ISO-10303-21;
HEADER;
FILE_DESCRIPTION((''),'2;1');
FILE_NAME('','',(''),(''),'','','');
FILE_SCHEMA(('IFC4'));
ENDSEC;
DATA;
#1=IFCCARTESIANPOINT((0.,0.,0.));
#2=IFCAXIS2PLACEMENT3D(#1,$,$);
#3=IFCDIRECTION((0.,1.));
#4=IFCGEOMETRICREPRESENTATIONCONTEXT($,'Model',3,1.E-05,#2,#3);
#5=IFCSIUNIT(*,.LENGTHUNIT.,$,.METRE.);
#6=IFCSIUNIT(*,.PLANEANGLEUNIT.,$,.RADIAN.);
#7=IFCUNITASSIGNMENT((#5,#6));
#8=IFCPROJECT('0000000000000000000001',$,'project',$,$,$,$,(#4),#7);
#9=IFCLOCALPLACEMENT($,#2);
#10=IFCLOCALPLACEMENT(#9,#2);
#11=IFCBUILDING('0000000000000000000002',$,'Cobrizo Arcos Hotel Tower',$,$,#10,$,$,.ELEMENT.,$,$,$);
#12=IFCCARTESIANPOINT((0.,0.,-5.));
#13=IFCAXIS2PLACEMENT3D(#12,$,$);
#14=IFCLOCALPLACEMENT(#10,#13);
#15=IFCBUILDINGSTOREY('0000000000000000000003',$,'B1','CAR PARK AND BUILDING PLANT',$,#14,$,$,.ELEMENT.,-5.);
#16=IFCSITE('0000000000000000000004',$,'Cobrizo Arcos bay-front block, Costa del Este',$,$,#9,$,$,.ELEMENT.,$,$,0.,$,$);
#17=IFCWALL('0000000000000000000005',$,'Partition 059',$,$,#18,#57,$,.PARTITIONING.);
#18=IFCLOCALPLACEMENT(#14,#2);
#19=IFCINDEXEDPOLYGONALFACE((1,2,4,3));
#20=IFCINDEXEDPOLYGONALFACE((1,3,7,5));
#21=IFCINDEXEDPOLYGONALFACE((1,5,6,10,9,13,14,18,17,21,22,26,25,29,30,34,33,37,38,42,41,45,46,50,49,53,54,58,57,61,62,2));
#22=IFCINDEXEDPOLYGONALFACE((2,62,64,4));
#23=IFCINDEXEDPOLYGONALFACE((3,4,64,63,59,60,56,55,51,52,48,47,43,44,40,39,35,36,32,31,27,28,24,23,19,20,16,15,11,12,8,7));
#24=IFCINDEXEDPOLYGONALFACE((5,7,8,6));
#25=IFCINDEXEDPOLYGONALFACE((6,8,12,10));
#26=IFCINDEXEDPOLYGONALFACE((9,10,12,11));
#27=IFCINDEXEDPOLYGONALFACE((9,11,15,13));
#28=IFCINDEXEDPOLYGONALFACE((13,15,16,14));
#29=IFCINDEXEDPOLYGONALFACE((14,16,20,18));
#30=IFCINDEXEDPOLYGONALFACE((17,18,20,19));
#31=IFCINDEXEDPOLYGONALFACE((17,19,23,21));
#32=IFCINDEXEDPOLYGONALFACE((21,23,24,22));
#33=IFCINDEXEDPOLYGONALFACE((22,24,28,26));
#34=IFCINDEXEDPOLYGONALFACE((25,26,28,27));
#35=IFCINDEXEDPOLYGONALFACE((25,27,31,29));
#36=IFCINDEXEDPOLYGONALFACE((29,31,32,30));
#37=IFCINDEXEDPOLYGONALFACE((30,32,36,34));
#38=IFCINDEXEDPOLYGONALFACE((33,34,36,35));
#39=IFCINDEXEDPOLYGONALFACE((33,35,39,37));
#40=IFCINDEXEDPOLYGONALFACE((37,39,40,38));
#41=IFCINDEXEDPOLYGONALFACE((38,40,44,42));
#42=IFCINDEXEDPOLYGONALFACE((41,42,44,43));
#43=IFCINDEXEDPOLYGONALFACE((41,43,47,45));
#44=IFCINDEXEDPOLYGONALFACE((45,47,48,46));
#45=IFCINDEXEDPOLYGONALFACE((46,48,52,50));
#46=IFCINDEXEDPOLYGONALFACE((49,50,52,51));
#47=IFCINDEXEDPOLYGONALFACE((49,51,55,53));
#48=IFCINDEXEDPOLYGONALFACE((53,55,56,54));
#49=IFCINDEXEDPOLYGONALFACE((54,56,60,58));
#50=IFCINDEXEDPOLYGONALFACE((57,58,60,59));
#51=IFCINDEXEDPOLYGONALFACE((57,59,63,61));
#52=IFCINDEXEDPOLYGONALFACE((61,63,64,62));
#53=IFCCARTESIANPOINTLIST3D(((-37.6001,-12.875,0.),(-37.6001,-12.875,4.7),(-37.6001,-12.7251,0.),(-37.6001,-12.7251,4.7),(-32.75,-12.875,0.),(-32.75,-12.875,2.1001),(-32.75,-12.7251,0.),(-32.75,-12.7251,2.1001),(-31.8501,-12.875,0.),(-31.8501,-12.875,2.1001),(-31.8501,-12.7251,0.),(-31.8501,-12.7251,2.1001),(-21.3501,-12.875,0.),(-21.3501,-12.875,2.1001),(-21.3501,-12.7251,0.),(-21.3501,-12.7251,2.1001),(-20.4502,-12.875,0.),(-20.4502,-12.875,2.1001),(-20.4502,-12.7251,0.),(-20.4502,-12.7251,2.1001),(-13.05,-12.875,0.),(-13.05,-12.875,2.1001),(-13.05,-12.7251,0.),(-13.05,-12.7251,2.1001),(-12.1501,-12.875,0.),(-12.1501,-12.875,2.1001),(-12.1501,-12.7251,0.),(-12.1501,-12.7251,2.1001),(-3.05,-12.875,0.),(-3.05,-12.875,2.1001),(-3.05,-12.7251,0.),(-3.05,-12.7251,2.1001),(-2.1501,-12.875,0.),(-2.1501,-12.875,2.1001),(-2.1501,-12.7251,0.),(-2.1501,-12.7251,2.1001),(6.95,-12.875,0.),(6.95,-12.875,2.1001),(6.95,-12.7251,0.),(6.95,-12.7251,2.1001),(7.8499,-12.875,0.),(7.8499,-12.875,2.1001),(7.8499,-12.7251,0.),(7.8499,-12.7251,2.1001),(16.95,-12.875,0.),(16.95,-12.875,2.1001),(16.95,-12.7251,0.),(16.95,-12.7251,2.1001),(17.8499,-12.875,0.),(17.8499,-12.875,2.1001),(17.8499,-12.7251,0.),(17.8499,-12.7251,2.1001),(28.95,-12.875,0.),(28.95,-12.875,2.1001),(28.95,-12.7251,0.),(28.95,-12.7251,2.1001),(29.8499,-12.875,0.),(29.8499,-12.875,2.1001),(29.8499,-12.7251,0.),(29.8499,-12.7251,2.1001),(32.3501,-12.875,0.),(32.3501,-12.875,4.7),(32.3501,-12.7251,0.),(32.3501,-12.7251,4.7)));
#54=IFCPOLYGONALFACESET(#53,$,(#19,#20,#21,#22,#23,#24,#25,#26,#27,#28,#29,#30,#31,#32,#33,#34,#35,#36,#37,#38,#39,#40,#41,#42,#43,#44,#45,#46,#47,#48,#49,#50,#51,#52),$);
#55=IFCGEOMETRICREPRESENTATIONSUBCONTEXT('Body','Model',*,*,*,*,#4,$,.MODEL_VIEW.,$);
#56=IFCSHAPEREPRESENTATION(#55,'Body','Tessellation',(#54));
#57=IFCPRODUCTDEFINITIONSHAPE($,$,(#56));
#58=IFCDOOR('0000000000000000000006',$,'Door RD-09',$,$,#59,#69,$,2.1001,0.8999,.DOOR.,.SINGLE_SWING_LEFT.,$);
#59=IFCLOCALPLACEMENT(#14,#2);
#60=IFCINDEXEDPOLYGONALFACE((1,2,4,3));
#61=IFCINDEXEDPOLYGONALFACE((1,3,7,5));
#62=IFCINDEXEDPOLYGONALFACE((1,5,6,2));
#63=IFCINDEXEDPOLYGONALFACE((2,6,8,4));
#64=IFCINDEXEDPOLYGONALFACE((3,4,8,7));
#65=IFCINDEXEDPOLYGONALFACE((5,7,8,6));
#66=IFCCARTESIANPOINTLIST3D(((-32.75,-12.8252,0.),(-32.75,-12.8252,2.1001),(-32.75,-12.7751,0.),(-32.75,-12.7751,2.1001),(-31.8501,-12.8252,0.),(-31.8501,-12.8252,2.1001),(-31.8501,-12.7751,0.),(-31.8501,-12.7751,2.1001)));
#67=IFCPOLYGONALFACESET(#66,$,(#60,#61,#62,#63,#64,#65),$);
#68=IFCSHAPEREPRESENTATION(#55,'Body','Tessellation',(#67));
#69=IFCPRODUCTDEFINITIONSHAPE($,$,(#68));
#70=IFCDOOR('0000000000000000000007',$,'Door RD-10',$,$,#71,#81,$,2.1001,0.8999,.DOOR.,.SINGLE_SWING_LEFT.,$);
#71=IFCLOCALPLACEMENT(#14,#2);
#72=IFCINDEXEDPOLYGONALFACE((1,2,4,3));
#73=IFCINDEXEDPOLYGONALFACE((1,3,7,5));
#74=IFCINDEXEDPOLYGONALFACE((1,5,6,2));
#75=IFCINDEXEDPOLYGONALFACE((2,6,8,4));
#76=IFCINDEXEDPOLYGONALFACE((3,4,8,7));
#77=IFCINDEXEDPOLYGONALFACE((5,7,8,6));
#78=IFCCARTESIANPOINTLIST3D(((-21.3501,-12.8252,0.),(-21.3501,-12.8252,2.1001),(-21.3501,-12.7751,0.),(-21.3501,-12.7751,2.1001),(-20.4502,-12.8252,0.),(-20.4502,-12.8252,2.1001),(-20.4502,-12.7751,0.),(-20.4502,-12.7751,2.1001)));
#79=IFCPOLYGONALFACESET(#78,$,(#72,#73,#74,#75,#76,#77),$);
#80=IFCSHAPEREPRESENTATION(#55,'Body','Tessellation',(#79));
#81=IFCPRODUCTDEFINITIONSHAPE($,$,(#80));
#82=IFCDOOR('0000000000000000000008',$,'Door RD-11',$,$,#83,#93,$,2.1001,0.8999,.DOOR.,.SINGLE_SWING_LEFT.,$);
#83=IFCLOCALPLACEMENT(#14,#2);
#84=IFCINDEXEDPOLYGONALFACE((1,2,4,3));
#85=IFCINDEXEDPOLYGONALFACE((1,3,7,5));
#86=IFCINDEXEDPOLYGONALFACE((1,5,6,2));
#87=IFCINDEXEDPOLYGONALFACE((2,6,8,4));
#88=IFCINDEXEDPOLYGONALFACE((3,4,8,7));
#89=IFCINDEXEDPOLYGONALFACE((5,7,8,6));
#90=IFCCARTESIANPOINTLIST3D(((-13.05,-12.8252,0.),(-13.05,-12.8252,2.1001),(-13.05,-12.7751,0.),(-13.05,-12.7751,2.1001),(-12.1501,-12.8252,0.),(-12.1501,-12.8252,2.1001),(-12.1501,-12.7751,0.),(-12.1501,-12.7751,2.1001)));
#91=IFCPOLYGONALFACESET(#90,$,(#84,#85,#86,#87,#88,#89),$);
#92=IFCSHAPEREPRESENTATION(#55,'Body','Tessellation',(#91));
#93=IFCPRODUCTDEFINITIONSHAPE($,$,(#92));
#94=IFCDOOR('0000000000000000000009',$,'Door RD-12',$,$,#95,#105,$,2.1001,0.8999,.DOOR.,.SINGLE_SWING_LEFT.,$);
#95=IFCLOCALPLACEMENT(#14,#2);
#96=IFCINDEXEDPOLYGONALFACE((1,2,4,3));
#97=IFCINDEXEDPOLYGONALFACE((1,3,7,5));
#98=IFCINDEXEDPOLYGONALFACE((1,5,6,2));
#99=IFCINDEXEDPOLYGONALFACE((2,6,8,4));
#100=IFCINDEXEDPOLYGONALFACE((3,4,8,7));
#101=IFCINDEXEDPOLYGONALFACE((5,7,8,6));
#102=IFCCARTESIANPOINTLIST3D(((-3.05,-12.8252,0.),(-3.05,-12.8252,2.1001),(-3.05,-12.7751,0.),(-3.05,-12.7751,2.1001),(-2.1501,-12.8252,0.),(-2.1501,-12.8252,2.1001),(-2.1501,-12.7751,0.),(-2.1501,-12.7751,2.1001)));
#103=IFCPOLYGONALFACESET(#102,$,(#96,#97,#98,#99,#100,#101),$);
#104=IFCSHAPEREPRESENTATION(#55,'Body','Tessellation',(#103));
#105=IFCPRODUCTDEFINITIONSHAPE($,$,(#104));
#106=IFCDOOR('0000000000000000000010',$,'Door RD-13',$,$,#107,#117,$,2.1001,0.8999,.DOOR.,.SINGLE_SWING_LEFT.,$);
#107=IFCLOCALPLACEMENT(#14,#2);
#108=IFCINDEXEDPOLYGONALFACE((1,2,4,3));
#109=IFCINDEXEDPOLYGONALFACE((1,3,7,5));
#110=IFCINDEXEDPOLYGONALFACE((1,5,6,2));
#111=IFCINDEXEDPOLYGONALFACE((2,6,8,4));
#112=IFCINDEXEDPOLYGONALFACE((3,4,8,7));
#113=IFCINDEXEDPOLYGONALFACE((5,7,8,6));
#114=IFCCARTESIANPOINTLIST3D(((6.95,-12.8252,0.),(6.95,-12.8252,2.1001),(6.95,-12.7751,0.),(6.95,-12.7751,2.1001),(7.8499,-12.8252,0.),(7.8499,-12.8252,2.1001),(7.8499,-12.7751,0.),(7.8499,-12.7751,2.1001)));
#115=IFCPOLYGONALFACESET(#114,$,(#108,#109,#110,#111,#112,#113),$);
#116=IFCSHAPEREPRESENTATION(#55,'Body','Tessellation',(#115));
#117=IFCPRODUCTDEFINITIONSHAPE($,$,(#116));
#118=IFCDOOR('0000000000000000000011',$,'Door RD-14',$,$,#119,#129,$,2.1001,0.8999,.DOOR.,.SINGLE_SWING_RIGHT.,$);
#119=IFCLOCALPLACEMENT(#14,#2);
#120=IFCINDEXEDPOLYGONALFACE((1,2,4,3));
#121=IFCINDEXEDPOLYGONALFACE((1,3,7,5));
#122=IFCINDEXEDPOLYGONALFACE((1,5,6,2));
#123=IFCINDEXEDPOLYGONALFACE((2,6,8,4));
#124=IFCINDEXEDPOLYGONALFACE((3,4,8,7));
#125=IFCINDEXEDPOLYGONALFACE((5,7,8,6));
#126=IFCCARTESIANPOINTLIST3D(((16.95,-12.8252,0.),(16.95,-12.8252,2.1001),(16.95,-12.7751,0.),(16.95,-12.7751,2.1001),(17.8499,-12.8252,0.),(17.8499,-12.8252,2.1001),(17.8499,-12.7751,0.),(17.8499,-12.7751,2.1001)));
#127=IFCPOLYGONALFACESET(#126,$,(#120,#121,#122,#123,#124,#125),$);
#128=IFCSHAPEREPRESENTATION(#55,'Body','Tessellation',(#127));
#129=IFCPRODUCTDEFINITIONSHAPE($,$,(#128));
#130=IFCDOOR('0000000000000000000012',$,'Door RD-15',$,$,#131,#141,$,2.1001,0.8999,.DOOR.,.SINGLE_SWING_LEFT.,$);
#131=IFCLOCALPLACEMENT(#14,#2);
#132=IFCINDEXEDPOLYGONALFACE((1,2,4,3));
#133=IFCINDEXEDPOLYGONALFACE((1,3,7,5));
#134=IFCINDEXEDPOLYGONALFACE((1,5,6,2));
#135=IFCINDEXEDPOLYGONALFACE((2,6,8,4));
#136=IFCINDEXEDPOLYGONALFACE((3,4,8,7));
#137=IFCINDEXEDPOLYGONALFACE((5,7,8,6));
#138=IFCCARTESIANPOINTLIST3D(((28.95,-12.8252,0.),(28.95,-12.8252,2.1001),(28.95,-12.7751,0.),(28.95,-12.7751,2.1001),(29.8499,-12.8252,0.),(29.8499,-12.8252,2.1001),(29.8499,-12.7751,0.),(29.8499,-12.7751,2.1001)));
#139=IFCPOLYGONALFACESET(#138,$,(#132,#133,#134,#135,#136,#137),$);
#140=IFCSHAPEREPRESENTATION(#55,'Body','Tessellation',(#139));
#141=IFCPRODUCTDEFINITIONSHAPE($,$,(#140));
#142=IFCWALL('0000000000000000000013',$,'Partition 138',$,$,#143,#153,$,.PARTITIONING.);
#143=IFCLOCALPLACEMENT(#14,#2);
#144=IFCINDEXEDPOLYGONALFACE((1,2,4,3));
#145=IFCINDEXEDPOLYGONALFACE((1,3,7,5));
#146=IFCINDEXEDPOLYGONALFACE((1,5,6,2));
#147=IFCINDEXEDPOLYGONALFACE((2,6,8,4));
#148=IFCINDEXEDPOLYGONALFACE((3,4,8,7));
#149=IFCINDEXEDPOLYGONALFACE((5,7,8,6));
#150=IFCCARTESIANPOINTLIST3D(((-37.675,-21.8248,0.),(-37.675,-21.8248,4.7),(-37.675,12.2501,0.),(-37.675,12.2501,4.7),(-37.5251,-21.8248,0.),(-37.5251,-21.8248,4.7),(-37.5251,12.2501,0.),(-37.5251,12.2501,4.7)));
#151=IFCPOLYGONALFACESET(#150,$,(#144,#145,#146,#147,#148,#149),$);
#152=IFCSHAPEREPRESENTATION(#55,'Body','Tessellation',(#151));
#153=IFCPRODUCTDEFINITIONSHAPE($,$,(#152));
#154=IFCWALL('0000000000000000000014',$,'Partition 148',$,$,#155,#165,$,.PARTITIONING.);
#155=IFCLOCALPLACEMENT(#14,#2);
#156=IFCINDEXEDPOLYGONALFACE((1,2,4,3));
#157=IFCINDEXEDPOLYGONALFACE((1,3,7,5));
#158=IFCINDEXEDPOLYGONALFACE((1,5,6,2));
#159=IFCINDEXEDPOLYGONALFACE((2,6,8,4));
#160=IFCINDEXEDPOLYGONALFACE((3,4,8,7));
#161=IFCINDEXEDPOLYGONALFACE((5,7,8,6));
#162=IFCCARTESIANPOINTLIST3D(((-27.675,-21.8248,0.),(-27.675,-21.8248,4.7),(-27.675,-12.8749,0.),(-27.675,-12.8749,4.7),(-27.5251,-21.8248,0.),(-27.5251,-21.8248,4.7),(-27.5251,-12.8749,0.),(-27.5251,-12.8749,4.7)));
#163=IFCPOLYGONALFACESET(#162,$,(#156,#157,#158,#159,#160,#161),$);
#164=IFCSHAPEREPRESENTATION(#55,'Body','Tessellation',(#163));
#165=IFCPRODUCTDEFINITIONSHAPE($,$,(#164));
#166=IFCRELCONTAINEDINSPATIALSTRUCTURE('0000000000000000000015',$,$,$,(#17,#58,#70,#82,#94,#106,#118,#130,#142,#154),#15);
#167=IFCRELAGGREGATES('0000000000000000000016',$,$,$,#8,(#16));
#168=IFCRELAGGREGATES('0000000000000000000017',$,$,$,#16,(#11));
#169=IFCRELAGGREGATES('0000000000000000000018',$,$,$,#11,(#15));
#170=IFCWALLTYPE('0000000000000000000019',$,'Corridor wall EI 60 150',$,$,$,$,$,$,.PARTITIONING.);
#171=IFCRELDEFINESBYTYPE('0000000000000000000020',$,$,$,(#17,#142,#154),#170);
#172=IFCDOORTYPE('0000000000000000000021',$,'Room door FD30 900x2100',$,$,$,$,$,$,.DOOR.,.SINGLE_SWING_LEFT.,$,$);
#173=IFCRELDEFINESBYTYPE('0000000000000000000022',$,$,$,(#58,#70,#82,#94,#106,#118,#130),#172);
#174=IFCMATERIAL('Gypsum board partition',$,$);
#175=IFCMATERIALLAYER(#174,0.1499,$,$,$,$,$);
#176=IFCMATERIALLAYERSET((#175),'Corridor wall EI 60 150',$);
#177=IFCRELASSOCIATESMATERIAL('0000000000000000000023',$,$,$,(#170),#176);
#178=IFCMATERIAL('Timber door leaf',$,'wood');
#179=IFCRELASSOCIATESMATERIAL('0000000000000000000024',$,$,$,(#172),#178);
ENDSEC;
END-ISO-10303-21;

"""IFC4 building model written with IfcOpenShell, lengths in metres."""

from ifc_helpers import new_model, si_unit, direction, frame, frame_2d, origin, place, context, subcontext, project, spatial, rectangle, extrude, material, layer, layer_set, type_object, element, fill, save


model = new_model("IFC4")

# Units and contexts
model_context = context("Model", 3, precision=1e-05, world=origin(), true_north=direction((0.0, 1.0)))
body_context = subcontext(model_context, "Body", "Model", "MODEL_VIEW")
ifc_project = project(units=[si_unit("LENGTHUNIT", "METRE"), si_unit("PLANEANGLEUNIT", "RADIAN")], contexts=[model_context])

# Site, building, storey
site_placement = place(None, origin())
site = spatial("IfcSite", under=ifc_project, at=site_placement, Name="Cobrizo Arcos bay-front block, Costa del Este", CompositionType="ELEMENT", RefElevation=0.0)
building_placement = place(site_placement, origin())
building = spatial("IfcBuilding", under=site, at=building_placement, Name="Cobrizo Arcos Hotel Tower", CompositionType="ELEMENT")
storey_placement = place(building_placement, frame((0.0, 0.0, -5.0)))
storey = spatial("IfcBuildingStorey", under=building, at=storey_placement, Name="B1", Description="CAR PARK AND BUILDING PLANT", CompositionType="ELEMENT", Elevation=-5.0)

# Shared definitions
ifc_material_1 = material(Name="Gypsum board partition")
ifc_layer = layer(ifc_material_1, 0.1499)
ifc_layer_set = layer_set([ifc_layer], Name="Corridor wall EI 60 150")
wall_type = type_object("IfcWallType", Name="Corridor wall EI 60 150", PredefinedType="PARTITIONING", material=ifc_layer_set)

# Wall, openings, doors
wall_1_placement = place(storey_placement, frame((-37.6001, -12.8, 0.0), z_axis=(0.0, 0.0, 1.0), x_axis=(1.0, 0.0, 0.0)))
wall_1 = element("IfcWall", 1, at=wall_1_placement, inside=storey, type_object=wall_type, Name="Partition 059", PredefinedType="PARTITIONING", context=body_context, shape_type="SweptSolid", body=[
    extrude(rectangle(XDim=69.9502, YDim=0.1499, at=frame_2d((34.9751, 0.0))), origin(), (0.0, 0.0, 1.0), 4.7),
])
opening_1_placement = place(wall_1_placement, frame((4.8501, 0.0, 0.0)))
opening_1 = element("IfcOpeningElement", 2, at=opening_1_placement, cuts=wall_1, PredefinedType="OPENING", context=body_context, shape_type="SweptSolid", body=[
    extrude(rectangle(XDim=0.8999, YDim=2.1001, at=frame_2d((0.45, 1.05))), frame((0.0, 0.0869, 0.0), z_axis=(0.0, -1.0, 0.0), x_axis=(1.0, 0.0, 0.0)), (0.0, 0.0, 1.0), 0.1738),
])
opening_2_placement = place(wall_1_placement, frame((16.25, 0.0, 0.0)))
opening_2 = element("IfcOpeningElement", 3, at=opening_2_placement, cuts=wall_1, PredefinedType="OPENING", context=body_context, shape_type="SweptSolid", body=[
    extrude(rectangle(XDim=0.8999, YDim=2.1001, at=frame_2d((0.45, 1.05))), frame((0.0, 0.0869, 0.0), z_axis=(0.0, -1.0, 0.0), x_axis=(1.0, 0.0, 0.0)), (0.0, 0.0, 1.0), 0.1738),
])
opening_3_placement = place(wall_1_placement, frame((24.55, 0.0, 0.0)))
opening_3 = element("IfcOpeningElement", 4, at=opening_3_placement, cuts=wall_1, PredefinedType="OPENING", context=body_context, shape_type="SweptSolid", body=[
    extrude(rectangle(XDim=0.8999, YDim=2.1001, at=frame_2d((0.45, 1.05))), frame((0.0, 0.0869, 0.0), z_axis=(0.0, -1.0, 0.0), x_axis=(1.0, 0.0, 0.0)), (0.0, 0.0, 1.0), 0.1738),
])
opening_4_placement = place(wall_1_placement, frame((34.55, 0.0, 0.0)))
opening_4 = element("IfcOpeningElement", 5, at=opening_4_placement, cuts=wall_1, PredefinedType="OPENING", context=body_context, shape_type="SweptSolid", body=[
    extrude(rectangle(XDim=0.8999, YDim=2.1001, at=frame_2d((0.45, 1.05))), frame((0.0, 0.0869, 0.0), z_axis=(0.0, -1.0, 0.0), x_axis=(1.0, 0.0, 0.0)), (0.0, 0.0, 1.0), 0.1738),
])
opening_5_placement = place(wall_1_placement, frame((44.55, 0.0, 0.0)))
opening_5 = element("IfcOpeningElement", 6, at=opening_5_placement, cuts=wall_1, PredefinedType="OPENING", context=body_context, shape_type="SweptSolid", body=[
    extrude(rectangle(XDim=0.8999, YDim=2.1001, at=frame_2d((0.45, 1.05))), frame((0.0, 0.0869, 0.0), z_axis=(0.0, -1.0, 0.0), x_axis=(1.0, 0.0, 0.0)), (0.0, 0.0, 1.0), 0.1738),
])
opening_6_placement = place(wall_1_placement, frame((54.55, 0.0, 0.0)))
opening_6 = element("IfcOpeningElement", 7, at=opening_6_placement, cuts=wall_1, PredefinedType="OPENING", context=body_context, shape_type="SweptSolid", body=[
    extrude(rectangle(XDim=0.8999, YDim=2.1001, at=frame_2d((0.45, 1.05))), frame((0.0, 0.0869, 0.0), z_axis=(0.0, -1.0, 0.0), x_axis=(1.0, 0.0, 0.0)), (0.0, 0.0, 1.0), 0.1738),
])
opening_7_placement = place(wall_1_placement, frame((66.55, 0.0, 0.0)))
opening_7 = element("IfcOpeningElement", 8, at=opening_7_placement, cuts=wall_1, PredefinedType="OPENING", context=body_context, shape_type="SweptSolid", body=[
    extrude(rectangle(XDim=0.8999, YDim=2.1001, at=frame_2d((0.45, 1.05))), frame((0.0, 0.0869, 0.0), z_axis=(0.0, -1.0, 0.0), x_axis=(1.0, 0.0, 0.0)), (0.0, 0.0, 1.0), 0.1738),
])
ifc_material_2 = material(Name="Timber door leaf", Category="wood")
door_type = type_object("IfcDoorType", Name="Room door FD30 900x2100", OperationType="SINGLE_SWING_LEFT", PredefinedType="DOOR", material=ifc_material_2)
door_1_placement = place(opening_1_placement, origin())
door_1 = element("IfcDoor", 9, at=door_1_placement, inside=storey, type_object=door_type, Name="Door RD-09", OperationType="SINGLE_SWING_LEFT", OverallHeight=2.1001, OverallWidth=0.8999, PredefinedType="DOOR", context=body_context, shape_type="SweptSolid", body=[
    extrude(rectangle(XDim=0.8999, YDim=2.1001, at=frame_2d((0.45, 1.05))), frame((0.0, 0.0249, 0.0), z_axis=(0.0, -1.0, 0.0), x_axis=(1.0, 0.0, 0.0)), (0.0, 0.0, 1.0), 0.05),
])
fill(opening_1, door_1)
door_2_placement = place(opening_2_placement, origin())
door_2 = element("IfcDoor", 10, at=door_2_placement, inside=storey, type_object=door_type, Name="Door RD-10", OperationType="SINGLE_SWING_LEFT", OverallHeight=2.1001, OverallWidth=0.8999, PredefinedType="DOOR", context=body_context, shape_type="SweptSolid", body=[
    extrude(rectangle(XDim=0.8999, YDim=2.1001, at=frame_2d((0.45, 1.05))), frame((0.0, 0.0249, 0.0), z_axis=(0.0, -1.0, 0.0), x_axis=(1.0, 0.0, 0.0)), (0.0, 0.0, 1.0), 0.05),
])
fill(opening_2, door_2)
door_3_placement = place(opening_3_placement, origin())
door_3 = element("IfcDoor", 11, at=door_3_placement, inside=storey, type_object=door_type, Name="Door RD-11", OperationType="SINGLE_SWING_LEFT", OverallHeight=2.1001, OverallWidth=0.8999, PredefinedType="DOOR", context=body_context, shape_type="SweptSolid", body=[
    extrude(rectangle(XDim=0.8999, YDim=2.1001, at=frame_2d((0.45, 1.05))), frame((0.0, 0.0249, 0.0), z_axis=(0.0, -1.0, 0.0), x_axis=(1.0, 0.0, 0.0)), (0.0, 0.0, 1.0), 0.05),
])
fill(opening_3, door_3)
door_4_placement = place(opening_4_placement, origin())
door_4 = element("IfcDoor", 12, at=door_4_placement, inside=storey, type_object=door_type, Name="Door RD-12", OperationType="SINGLE_SWING_LEFT", OverallHeight=2.1001, OverallWidth=0.8999, PredefinedType="DOOR", context=body_context, shape_type="SweptSolid", body=[
    extrude(rectangle(XDim=0.8999, YDim=2.1001, at=frame_2d((0.45, 1.05))), frame((0.0, 0.0249, 0.0), z_axis=(0.0, -1.0, 0.0), x_axis=(1.0, 0.0, 0.0)), (0.0, 0.0, 1.0), 0.05),
])
fill(opening_4, door_4)
door_5_placement = place(opening_5_placement, origin())
door_5 = element("IfcDoor", 13, at=door_5_placement, inside=storey, type_object=door_type, Name="Door RD-13", OperationType="SINGLE_SWING_LEFT", OverallHeight=2.1001, OverallWidth=0.8999, PredefinedType="DOOR", context=body_context, shape_type="SweptSolid", body=[
    extrude(rectangle(XDim=0.8999, YDim=2.1001, at=frame_2d((0.45, 1.05))), frame((0.0, 0.0249, 0.0), z_axis=(0.0, -1.0, 0.0), x_axis=(1.0, 0.0, 0.0)), (0.0, 0.0, 1.0), 0.05),
])
fill(opening_5, door_5)
door_6_placement = place(opening_6_placement, origin())
door_6 = element("IfcDoor", 14, at=door_6_placement, inside=storey, type_object=door_type, Name="Door RD-14", OperationType="SINGLE_SWING_RIGHT", OverallHeight=2.1001, OverallWidth=0.8999, PredefinedType="DOOR", context=body_context, shape_type="SweptSolid", body=[
    extrude(rectangle(XDim=0.8999, YDim=2.1001, at=frame_2d((0.45, 1.05))), frame((0.0, 0.0249, 0.0), z_axis=(0.0, -1.0, 0.0), x_axis=(1.0, 0.0, 0.0)), (0.0, 0.0, 1.0), 0.05),
])
fill(opening_6, door_6)
door_7_placement = place(opening_7_placement, origin())
door_7 = element("IfcDoor", 15, at=door_7_placement, inside=storey, type_object=door_type, Name="Door RD-15", OperationType="SINGLE_SWING_LEFT", OverallHeight=2.1001, OverallWidth=0.8999, PredefinedType="DOOR", context=body_context, shape_type="SweptSolid", body=[
    extrude(rectangle(XDim=0.8999, YDim=2.1001, at=frame_2d((0.45, 1.05))), frame((0.0, 0.0249, 0.0), z_axis=(0.0, -1.0, 0.0), x_axis=(1.0, 0.0, 0.0)), (0.0, 0.0, 1.0), 0.05),
])
fill(opening_7, door_7)

# Walls
wall_2_placement = place(storey_placement, frame((-37.6001, -21.825, 0.0), z_axis=(0.0, 0.0, 1.0), x_axis=(0.0, 1.0, 0.0)))
element("IfcWall", 16, at=wall_2_placement, inside=storey, type_object=wall_type, Name="Partition 138", PredefinedType="PARTITIONING", context=body_context, shape_type="SweptSolid", body=[
    extrude(rectangle(XDim=34.075, YDim=0.1499, at=frame_2d((17.0376, 0.0))), origin(), (0.0, 0.0, 1.0), 4.7),
])
wall_3_placement = place(storey_placement, frame((-27.6001, -21.825, 0.0), z_axis=(0.0, 0.0, 1.0), x_axis=(0.0, 1.0, 0.0)))
element("IfcWall", 17, at=wall_3_placement, inside=storey, type_object=wall_type, Name="Partition 148", PredefinedType="PARTITIONING", context=body_context, shape_type="SweptSolid", body=[
    extrude(rectangle(XDim=8.95, YDim=0.1499, at=frame_2d((4.4751, 0.0))), origin(), (0.0, 0.0, 1.0), 4.7),
])

save(model, "model.ifc")
